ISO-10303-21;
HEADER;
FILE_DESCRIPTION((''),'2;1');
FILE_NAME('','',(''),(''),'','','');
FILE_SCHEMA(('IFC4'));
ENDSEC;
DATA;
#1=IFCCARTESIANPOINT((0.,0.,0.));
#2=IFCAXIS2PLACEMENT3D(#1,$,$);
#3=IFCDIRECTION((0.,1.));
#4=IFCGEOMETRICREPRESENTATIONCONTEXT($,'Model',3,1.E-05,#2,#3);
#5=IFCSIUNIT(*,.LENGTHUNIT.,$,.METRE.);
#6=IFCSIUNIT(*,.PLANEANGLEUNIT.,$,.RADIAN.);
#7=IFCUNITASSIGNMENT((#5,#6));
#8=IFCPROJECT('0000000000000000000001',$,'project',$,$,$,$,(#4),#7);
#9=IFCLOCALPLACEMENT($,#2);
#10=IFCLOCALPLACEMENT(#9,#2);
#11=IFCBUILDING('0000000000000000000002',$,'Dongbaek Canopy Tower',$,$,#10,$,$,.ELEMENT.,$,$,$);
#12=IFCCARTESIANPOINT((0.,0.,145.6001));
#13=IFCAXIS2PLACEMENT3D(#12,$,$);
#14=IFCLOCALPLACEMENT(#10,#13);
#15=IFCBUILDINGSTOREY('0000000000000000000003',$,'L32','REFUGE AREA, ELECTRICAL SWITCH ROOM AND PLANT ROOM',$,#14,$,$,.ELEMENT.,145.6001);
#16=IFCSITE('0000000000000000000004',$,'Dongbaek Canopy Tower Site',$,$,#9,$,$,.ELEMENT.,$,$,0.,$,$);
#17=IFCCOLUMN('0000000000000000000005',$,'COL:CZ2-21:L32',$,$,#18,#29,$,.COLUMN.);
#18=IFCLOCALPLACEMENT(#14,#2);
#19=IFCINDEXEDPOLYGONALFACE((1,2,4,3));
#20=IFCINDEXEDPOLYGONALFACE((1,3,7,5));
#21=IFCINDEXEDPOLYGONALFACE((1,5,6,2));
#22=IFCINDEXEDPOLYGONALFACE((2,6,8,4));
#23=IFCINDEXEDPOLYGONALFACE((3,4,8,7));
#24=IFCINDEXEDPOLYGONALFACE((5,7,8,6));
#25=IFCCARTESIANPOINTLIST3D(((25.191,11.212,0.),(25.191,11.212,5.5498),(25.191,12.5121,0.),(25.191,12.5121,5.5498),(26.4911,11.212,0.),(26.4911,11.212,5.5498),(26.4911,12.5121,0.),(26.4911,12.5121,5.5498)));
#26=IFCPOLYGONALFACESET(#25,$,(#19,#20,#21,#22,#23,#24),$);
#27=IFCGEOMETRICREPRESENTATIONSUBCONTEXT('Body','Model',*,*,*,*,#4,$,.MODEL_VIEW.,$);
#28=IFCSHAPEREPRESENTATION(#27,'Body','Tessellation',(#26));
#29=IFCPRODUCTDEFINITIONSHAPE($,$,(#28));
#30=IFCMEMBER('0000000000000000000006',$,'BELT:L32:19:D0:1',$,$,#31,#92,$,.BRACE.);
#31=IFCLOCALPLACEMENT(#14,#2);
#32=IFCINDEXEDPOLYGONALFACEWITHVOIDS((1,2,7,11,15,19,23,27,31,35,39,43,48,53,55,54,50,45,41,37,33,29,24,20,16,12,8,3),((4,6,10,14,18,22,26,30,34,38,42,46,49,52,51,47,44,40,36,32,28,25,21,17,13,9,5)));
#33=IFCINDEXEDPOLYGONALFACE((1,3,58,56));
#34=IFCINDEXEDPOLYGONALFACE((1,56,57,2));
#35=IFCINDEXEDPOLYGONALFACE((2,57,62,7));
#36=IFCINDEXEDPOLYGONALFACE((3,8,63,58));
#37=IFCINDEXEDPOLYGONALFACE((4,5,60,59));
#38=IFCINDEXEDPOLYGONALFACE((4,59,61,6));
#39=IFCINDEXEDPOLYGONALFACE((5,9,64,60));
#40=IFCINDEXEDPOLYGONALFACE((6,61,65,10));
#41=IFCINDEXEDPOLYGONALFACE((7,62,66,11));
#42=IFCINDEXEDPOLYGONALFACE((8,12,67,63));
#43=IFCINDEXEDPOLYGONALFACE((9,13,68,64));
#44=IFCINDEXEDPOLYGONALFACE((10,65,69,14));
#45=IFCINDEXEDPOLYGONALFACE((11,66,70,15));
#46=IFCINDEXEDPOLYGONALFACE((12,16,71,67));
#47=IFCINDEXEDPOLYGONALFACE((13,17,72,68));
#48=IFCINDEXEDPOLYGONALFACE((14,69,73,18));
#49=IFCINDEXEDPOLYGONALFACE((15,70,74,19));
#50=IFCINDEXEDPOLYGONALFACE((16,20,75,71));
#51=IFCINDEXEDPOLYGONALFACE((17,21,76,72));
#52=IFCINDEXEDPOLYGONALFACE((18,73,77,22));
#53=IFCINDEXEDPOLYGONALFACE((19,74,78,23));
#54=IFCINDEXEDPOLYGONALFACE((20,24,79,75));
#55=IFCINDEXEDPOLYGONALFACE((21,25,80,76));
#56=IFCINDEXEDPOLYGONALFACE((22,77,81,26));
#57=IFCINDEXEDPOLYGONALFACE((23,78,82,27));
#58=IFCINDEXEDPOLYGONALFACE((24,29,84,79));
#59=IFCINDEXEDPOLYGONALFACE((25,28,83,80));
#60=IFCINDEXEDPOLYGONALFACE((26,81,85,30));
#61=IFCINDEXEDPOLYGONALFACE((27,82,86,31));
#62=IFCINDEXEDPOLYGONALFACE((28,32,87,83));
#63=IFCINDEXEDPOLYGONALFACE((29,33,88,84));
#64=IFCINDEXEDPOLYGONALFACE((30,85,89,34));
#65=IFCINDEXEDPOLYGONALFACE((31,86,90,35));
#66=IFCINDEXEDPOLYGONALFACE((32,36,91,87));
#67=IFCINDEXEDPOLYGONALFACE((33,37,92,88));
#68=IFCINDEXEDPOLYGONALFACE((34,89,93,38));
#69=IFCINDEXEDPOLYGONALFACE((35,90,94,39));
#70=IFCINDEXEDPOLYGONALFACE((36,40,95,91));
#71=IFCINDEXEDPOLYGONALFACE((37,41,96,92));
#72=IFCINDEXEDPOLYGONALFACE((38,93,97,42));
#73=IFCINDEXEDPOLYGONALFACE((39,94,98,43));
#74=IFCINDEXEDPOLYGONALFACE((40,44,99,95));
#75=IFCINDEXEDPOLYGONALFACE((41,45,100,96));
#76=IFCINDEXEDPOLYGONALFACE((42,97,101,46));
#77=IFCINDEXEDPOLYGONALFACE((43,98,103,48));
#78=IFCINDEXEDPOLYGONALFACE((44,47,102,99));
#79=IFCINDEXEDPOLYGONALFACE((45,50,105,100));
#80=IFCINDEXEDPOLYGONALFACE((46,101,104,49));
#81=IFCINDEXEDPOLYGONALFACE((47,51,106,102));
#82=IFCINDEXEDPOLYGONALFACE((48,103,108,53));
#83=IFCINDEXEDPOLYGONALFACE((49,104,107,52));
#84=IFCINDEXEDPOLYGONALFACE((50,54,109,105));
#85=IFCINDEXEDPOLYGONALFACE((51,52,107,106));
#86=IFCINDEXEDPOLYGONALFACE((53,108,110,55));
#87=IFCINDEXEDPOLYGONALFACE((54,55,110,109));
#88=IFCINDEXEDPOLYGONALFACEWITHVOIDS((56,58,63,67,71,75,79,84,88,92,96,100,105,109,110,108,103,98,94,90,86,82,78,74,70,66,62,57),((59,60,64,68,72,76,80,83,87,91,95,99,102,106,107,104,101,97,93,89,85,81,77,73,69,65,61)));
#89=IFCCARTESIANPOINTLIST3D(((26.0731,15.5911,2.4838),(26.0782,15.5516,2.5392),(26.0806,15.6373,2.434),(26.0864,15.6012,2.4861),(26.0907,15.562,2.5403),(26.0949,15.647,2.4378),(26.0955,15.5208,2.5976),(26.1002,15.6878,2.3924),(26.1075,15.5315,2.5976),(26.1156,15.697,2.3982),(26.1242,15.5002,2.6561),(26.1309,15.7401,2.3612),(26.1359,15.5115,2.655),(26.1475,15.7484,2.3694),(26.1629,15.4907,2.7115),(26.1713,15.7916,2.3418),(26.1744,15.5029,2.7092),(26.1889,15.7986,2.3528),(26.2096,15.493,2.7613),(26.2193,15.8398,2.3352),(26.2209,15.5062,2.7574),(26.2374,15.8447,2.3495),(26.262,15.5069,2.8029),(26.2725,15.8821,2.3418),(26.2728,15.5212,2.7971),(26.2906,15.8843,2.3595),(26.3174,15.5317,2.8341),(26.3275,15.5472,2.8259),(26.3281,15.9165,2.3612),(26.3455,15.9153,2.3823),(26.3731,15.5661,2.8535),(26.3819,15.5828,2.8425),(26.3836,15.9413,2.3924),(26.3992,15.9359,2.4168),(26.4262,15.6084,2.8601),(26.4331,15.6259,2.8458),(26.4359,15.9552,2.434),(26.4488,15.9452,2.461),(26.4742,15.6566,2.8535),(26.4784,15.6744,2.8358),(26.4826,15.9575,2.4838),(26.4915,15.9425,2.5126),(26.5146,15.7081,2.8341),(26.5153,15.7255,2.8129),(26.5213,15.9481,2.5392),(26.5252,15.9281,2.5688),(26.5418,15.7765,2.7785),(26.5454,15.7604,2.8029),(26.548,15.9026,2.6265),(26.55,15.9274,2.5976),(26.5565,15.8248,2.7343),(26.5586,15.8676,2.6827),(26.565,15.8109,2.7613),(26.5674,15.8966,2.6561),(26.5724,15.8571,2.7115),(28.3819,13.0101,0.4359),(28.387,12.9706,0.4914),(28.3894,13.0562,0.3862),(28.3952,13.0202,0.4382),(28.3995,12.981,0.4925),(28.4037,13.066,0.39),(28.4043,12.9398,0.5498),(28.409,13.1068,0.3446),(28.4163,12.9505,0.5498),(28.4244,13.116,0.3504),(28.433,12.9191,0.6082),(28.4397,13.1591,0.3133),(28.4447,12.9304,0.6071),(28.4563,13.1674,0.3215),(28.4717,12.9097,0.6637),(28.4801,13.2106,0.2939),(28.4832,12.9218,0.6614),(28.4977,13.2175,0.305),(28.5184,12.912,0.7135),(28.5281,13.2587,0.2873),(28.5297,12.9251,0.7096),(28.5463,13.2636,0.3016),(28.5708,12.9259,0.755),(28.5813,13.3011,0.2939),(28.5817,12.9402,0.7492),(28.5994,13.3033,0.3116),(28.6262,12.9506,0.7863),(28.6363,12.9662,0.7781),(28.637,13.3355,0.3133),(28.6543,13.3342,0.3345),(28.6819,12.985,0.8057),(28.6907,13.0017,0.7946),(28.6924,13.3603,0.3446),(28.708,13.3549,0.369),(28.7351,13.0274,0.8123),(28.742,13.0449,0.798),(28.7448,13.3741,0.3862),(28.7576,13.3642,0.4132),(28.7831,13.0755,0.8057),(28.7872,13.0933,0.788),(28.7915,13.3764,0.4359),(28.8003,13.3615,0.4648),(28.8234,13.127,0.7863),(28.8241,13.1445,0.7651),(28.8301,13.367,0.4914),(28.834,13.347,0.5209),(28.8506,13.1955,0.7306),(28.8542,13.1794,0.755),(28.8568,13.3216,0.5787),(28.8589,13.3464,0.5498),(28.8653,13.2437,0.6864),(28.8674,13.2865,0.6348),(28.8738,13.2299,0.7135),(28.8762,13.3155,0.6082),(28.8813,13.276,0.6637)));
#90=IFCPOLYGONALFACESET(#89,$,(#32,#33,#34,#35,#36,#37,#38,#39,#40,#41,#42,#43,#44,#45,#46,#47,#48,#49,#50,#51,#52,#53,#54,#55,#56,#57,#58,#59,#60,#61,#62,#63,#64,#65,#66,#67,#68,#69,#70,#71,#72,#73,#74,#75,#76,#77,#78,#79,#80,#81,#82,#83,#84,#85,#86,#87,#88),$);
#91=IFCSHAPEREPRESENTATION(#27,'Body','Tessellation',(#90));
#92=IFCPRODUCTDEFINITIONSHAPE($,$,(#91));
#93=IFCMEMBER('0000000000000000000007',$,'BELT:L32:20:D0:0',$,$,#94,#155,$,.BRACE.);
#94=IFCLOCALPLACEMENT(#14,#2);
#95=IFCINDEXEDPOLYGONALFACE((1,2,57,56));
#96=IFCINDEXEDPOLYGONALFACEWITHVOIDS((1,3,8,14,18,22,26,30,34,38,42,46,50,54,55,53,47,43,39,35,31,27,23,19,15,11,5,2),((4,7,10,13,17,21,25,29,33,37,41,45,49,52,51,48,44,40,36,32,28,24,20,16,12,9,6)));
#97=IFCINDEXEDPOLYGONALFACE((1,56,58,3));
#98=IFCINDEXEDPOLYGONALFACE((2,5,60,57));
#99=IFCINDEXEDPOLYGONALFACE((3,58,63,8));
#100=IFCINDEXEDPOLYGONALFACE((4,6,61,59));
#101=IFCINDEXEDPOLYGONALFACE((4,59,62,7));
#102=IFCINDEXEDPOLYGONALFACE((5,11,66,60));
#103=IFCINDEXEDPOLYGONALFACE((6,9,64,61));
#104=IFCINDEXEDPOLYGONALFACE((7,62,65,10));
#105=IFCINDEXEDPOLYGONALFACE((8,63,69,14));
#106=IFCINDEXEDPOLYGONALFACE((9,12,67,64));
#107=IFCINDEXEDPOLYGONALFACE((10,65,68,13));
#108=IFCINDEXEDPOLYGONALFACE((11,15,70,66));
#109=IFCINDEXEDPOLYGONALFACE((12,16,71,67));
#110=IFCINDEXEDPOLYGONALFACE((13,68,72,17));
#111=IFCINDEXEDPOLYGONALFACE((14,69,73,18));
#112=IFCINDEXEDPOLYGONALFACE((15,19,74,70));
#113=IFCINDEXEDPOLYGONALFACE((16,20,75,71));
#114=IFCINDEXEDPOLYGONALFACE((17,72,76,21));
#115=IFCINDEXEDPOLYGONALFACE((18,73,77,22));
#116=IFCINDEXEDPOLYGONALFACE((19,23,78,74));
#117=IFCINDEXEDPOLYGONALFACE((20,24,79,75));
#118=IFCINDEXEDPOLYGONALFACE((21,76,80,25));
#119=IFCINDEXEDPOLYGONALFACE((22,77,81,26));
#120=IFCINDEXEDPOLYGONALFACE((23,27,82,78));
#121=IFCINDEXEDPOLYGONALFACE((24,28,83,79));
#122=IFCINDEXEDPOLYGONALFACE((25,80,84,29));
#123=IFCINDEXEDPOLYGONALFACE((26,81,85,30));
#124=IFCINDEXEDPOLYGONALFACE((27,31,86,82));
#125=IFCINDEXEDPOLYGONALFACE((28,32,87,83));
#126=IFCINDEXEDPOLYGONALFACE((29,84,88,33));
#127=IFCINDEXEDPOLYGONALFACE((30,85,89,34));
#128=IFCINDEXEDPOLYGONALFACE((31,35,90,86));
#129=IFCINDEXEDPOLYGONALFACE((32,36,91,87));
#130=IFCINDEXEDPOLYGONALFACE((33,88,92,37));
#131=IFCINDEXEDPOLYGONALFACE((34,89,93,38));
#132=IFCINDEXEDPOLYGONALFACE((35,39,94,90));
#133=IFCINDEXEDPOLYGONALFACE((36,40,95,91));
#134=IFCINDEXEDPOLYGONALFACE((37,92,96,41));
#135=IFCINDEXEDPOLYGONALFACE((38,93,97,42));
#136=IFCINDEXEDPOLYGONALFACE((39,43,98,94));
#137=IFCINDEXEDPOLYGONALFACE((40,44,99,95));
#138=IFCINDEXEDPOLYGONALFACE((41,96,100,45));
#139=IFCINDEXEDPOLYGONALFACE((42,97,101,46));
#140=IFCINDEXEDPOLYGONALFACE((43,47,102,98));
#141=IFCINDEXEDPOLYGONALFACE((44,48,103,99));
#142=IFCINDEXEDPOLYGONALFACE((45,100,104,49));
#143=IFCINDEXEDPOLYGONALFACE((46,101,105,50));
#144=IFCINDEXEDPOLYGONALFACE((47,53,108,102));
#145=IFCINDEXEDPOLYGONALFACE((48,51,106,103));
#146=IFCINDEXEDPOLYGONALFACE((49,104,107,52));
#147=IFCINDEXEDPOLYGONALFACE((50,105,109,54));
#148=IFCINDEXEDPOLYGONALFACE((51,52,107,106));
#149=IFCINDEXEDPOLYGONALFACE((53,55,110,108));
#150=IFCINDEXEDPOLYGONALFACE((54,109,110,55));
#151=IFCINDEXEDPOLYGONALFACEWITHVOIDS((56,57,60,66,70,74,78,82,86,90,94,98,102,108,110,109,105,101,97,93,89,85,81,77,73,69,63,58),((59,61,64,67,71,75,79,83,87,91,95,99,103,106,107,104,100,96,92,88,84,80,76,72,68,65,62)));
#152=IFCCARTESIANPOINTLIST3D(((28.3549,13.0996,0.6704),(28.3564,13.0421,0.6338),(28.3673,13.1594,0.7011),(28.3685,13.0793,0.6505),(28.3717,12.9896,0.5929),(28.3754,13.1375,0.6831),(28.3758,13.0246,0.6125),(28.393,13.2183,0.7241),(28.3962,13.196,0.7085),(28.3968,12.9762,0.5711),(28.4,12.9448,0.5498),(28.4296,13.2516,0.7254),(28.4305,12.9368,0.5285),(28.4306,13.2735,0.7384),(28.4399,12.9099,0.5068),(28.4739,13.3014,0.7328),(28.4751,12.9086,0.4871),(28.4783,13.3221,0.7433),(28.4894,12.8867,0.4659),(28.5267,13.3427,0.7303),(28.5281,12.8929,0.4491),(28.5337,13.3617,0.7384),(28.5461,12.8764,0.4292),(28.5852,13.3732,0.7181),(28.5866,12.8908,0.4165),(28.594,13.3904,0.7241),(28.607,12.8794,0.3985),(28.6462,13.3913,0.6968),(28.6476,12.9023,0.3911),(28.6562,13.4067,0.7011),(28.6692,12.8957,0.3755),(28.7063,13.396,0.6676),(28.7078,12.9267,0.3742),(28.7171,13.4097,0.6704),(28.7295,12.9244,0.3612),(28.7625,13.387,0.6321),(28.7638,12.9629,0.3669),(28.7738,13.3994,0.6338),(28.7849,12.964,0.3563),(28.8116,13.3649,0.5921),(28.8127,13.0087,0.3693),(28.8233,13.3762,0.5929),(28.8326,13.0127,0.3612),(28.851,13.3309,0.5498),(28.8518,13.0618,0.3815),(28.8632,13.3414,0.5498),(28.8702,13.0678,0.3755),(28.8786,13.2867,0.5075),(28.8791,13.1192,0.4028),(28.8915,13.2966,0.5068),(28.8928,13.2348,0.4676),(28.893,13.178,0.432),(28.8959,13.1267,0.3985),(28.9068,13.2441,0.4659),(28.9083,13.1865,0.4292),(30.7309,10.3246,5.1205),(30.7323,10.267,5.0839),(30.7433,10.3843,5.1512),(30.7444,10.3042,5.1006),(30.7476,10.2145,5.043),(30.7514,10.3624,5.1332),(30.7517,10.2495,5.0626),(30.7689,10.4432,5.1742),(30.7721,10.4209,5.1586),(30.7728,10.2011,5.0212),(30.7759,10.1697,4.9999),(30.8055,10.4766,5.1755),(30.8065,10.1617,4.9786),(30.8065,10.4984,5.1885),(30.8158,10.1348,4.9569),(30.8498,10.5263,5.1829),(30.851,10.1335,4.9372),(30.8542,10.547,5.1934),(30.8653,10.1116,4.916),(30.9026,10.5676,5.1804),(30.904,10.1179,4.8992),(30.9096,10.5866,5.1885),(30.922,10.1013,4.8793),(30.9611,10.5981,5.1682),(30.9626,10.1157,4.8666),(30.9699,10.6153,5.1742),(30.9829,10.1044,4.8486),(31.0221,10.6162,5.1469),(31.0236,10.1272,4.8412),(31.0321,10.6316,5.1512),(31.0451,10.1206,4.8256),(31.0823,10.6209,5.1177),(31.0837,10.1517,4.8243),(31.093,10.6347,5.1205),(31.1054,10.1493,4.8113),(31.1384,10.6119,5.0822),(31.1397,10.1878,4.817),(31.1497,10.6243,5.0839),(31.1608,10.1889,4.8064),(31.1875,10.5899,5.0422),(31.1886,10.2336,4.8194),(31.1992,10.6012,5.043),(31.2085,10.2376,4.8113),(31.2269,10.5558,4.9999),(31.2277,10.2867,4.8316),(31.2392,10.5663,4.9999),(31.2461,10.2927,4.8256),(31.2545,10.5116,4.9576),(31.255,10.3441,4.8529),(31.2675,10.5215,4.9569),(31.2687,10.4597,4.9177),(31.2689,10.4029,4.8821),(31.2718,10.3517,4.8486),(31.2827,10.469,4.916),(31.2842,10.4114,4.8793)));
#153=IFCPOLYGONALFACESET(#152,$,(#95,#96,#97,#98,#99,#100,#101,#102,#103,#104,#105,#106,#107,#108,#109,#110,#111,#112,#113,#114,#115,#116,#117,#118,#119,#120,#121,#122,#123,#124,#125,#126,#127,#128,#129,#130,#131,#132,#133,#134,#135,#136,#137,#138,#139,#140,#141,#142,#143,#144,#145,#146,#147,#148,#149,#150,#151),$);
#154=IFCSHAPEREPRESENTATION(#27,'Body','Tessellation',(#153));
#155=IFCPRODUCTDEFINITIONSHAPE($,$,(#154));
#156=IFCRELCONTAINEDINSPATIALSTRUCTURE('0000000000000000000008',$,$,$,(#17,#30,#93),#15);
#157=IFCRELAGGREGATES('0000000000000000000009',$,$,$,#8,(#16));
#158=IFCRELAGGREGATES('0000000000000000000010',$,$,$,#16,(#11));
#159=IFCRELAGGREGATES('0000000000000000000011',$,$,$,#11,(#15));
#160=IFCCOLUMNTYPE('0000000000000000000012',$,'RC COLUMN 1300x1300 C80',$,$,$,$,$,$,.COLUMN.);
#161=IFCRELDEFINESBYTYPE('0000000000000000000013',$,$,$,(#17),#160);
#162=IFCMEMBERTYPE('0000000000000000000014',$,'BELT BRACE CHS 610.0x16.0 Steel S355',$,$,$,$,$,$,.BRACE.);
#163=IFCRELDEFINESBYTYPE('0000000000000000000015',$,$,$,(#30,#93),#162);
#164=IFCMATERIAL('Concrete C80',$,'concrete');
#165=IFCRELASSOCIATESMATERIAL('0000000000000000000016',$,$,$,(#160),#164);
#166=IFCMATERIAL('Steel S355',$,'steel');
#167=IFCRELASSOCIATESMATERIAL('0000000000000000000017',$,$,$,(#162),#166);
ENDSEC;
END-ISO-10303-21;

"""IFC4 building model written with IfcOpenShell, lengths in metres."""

from ifc_helpers import new_model, si_unit, direction, frame, origin, origin_2d, place, context, subcontext, project, spatial, rectangle, hollow_circle, extrude, material, material_profile, profile_set, type_object, element, save


model = new_model("IFC4")

# Units and contexts
model_context = context("Model", 3, precision=1e-05, world=origin(), true_north=direction((0.0, 1.0)))
body_context = subcontext(model_context, "Body", "Model", "MODEL_VIEW")
ifc_project = project(units=[si_unit("LENGTHUNIT", "METRE"), si_unit("PLANEANGLEUNIT", "RADIAN")], contexts=[model_context])

# Site, building, storey
site_placement = place(None, origin())
site = spatial("IfcSite", under=ifc_project, at=site_placement, Name="Dongbaek Canopy Tower Site", CompositionType="ELEMENT", RefElevation=0.0)
building_placement = place(site_placement, origin())
building = spatial("IfcBuilding", under=site, at=building_placement, Name="Dongbaek Canopy Tower", CompositionType="ELEMENT")
storey_placement = place(building_placement, frame((0.0, 0.0, 145.6001)))
storey = spatial("IfcBuildingStorey", under=building, at=storey_placement, Name="L32", Description="REFUGE AREA, ELECTRICAL SWITCH ROOM AND PLANT ROOM", CompositionType="ELEMENT", Elevation=145.6001)

# Column
ifc_material_1 = material(Name="Concrete C80", Category="concrete")
ifc_material_profile_1 = material_profile(ifc_material_1, rectangle(XDim=1.3, YDim=1.3, at=origin_2d()), Name="RC COLUMN 1300x1300 C80")
ifc_profile_set_1 = profile_set([ifc_material_profile_1], Name="Concrete C80")
column_type = type_object("IfcColumnType", Name="RC COLUMN 1300x1300 C80", PredefinedType="COLUMN", material=ifc_profile_set_1)
column_placement = place(storey_placement, frame((25.8411, 11.8621, 0.0), z_axis=(0.0, 0.0, 1.0), x_axis=(1.0, 0.0, 0.0)))
element("IfcColumn", 1, at=column_placement, inside=storey, type_object=column_type, Name="COL:CZ2-21:L32", PredefinedType="COLUMN", context=body_context, shape_type="SweptSolid", body=[
    extrude(rectangle(XDim=1.3, YDim=1.3, at=origin_2d()), origin(), (0.0, 0.0, 1.0), 5.5498),
])

# Members
ifc_material_2 = material(Name="Steel S355", Category="steel")
ifc_material_profile_2 = material_profile(ifc_material_2, hollow_circle(Radius=0.3049, WallThickness=0.0161, at=origin_2d()), Name="BELT BRACE CHS 610.0x16.0 Steel S355")
ifc_profile_set_2 = profile_set([ifc_material_profile_2], Name="Steel S355")
member_type_1 = type_object("IfcMemberType", Name="BELT BRACE CHS 610.0x16.0 Steel S355", PredefinedType="BRACE", material=ifc_profile_set_2)
member_1_placement = place(storey_placement, frame((28.6316, 13.1431, 0.5498), z_axis=(-0.573879, 0.64154, 0.509009), x_axis=(-0.745317, -0.66671, 0.0)))
element("IfcMember", 2, at=member_1_placement, inside=storey, type_object=member_type_1, Name="BELT:L32:19:D0:1", PredefinedType="BRACE", context=body_context, shape_type="SweptSolid", body=[
    extrude(hollow_circle(Radius=0.3049, WallThickness=0.0161, at=origin_2d()), origin(), (0.0, 0.0, 1.0), 4.0232),
])
member_2_placement = place(storey_placement, frame((28.6316, 13.1431, 0.5498), z_axis=(0.412662, -0.48199, 0.772914), x_axis=(0.759624, 0.650362, 0.0)))
element("IfcMember", 3, at=member_2_placement, inside=storey, type_object=member_type_1, Name="BELT:L32:20:D0:0", PredefinedType="BRACE", context=body_context, shape_type="SweptSolid", body=[
    extrude(hollow_circle(Radius=0.3049, WallThickness=0.0161, at=origin_2d()), origin(), (0.0, 0.0, 1.0), 5.7576),
])

save(model, "model.ifc")
